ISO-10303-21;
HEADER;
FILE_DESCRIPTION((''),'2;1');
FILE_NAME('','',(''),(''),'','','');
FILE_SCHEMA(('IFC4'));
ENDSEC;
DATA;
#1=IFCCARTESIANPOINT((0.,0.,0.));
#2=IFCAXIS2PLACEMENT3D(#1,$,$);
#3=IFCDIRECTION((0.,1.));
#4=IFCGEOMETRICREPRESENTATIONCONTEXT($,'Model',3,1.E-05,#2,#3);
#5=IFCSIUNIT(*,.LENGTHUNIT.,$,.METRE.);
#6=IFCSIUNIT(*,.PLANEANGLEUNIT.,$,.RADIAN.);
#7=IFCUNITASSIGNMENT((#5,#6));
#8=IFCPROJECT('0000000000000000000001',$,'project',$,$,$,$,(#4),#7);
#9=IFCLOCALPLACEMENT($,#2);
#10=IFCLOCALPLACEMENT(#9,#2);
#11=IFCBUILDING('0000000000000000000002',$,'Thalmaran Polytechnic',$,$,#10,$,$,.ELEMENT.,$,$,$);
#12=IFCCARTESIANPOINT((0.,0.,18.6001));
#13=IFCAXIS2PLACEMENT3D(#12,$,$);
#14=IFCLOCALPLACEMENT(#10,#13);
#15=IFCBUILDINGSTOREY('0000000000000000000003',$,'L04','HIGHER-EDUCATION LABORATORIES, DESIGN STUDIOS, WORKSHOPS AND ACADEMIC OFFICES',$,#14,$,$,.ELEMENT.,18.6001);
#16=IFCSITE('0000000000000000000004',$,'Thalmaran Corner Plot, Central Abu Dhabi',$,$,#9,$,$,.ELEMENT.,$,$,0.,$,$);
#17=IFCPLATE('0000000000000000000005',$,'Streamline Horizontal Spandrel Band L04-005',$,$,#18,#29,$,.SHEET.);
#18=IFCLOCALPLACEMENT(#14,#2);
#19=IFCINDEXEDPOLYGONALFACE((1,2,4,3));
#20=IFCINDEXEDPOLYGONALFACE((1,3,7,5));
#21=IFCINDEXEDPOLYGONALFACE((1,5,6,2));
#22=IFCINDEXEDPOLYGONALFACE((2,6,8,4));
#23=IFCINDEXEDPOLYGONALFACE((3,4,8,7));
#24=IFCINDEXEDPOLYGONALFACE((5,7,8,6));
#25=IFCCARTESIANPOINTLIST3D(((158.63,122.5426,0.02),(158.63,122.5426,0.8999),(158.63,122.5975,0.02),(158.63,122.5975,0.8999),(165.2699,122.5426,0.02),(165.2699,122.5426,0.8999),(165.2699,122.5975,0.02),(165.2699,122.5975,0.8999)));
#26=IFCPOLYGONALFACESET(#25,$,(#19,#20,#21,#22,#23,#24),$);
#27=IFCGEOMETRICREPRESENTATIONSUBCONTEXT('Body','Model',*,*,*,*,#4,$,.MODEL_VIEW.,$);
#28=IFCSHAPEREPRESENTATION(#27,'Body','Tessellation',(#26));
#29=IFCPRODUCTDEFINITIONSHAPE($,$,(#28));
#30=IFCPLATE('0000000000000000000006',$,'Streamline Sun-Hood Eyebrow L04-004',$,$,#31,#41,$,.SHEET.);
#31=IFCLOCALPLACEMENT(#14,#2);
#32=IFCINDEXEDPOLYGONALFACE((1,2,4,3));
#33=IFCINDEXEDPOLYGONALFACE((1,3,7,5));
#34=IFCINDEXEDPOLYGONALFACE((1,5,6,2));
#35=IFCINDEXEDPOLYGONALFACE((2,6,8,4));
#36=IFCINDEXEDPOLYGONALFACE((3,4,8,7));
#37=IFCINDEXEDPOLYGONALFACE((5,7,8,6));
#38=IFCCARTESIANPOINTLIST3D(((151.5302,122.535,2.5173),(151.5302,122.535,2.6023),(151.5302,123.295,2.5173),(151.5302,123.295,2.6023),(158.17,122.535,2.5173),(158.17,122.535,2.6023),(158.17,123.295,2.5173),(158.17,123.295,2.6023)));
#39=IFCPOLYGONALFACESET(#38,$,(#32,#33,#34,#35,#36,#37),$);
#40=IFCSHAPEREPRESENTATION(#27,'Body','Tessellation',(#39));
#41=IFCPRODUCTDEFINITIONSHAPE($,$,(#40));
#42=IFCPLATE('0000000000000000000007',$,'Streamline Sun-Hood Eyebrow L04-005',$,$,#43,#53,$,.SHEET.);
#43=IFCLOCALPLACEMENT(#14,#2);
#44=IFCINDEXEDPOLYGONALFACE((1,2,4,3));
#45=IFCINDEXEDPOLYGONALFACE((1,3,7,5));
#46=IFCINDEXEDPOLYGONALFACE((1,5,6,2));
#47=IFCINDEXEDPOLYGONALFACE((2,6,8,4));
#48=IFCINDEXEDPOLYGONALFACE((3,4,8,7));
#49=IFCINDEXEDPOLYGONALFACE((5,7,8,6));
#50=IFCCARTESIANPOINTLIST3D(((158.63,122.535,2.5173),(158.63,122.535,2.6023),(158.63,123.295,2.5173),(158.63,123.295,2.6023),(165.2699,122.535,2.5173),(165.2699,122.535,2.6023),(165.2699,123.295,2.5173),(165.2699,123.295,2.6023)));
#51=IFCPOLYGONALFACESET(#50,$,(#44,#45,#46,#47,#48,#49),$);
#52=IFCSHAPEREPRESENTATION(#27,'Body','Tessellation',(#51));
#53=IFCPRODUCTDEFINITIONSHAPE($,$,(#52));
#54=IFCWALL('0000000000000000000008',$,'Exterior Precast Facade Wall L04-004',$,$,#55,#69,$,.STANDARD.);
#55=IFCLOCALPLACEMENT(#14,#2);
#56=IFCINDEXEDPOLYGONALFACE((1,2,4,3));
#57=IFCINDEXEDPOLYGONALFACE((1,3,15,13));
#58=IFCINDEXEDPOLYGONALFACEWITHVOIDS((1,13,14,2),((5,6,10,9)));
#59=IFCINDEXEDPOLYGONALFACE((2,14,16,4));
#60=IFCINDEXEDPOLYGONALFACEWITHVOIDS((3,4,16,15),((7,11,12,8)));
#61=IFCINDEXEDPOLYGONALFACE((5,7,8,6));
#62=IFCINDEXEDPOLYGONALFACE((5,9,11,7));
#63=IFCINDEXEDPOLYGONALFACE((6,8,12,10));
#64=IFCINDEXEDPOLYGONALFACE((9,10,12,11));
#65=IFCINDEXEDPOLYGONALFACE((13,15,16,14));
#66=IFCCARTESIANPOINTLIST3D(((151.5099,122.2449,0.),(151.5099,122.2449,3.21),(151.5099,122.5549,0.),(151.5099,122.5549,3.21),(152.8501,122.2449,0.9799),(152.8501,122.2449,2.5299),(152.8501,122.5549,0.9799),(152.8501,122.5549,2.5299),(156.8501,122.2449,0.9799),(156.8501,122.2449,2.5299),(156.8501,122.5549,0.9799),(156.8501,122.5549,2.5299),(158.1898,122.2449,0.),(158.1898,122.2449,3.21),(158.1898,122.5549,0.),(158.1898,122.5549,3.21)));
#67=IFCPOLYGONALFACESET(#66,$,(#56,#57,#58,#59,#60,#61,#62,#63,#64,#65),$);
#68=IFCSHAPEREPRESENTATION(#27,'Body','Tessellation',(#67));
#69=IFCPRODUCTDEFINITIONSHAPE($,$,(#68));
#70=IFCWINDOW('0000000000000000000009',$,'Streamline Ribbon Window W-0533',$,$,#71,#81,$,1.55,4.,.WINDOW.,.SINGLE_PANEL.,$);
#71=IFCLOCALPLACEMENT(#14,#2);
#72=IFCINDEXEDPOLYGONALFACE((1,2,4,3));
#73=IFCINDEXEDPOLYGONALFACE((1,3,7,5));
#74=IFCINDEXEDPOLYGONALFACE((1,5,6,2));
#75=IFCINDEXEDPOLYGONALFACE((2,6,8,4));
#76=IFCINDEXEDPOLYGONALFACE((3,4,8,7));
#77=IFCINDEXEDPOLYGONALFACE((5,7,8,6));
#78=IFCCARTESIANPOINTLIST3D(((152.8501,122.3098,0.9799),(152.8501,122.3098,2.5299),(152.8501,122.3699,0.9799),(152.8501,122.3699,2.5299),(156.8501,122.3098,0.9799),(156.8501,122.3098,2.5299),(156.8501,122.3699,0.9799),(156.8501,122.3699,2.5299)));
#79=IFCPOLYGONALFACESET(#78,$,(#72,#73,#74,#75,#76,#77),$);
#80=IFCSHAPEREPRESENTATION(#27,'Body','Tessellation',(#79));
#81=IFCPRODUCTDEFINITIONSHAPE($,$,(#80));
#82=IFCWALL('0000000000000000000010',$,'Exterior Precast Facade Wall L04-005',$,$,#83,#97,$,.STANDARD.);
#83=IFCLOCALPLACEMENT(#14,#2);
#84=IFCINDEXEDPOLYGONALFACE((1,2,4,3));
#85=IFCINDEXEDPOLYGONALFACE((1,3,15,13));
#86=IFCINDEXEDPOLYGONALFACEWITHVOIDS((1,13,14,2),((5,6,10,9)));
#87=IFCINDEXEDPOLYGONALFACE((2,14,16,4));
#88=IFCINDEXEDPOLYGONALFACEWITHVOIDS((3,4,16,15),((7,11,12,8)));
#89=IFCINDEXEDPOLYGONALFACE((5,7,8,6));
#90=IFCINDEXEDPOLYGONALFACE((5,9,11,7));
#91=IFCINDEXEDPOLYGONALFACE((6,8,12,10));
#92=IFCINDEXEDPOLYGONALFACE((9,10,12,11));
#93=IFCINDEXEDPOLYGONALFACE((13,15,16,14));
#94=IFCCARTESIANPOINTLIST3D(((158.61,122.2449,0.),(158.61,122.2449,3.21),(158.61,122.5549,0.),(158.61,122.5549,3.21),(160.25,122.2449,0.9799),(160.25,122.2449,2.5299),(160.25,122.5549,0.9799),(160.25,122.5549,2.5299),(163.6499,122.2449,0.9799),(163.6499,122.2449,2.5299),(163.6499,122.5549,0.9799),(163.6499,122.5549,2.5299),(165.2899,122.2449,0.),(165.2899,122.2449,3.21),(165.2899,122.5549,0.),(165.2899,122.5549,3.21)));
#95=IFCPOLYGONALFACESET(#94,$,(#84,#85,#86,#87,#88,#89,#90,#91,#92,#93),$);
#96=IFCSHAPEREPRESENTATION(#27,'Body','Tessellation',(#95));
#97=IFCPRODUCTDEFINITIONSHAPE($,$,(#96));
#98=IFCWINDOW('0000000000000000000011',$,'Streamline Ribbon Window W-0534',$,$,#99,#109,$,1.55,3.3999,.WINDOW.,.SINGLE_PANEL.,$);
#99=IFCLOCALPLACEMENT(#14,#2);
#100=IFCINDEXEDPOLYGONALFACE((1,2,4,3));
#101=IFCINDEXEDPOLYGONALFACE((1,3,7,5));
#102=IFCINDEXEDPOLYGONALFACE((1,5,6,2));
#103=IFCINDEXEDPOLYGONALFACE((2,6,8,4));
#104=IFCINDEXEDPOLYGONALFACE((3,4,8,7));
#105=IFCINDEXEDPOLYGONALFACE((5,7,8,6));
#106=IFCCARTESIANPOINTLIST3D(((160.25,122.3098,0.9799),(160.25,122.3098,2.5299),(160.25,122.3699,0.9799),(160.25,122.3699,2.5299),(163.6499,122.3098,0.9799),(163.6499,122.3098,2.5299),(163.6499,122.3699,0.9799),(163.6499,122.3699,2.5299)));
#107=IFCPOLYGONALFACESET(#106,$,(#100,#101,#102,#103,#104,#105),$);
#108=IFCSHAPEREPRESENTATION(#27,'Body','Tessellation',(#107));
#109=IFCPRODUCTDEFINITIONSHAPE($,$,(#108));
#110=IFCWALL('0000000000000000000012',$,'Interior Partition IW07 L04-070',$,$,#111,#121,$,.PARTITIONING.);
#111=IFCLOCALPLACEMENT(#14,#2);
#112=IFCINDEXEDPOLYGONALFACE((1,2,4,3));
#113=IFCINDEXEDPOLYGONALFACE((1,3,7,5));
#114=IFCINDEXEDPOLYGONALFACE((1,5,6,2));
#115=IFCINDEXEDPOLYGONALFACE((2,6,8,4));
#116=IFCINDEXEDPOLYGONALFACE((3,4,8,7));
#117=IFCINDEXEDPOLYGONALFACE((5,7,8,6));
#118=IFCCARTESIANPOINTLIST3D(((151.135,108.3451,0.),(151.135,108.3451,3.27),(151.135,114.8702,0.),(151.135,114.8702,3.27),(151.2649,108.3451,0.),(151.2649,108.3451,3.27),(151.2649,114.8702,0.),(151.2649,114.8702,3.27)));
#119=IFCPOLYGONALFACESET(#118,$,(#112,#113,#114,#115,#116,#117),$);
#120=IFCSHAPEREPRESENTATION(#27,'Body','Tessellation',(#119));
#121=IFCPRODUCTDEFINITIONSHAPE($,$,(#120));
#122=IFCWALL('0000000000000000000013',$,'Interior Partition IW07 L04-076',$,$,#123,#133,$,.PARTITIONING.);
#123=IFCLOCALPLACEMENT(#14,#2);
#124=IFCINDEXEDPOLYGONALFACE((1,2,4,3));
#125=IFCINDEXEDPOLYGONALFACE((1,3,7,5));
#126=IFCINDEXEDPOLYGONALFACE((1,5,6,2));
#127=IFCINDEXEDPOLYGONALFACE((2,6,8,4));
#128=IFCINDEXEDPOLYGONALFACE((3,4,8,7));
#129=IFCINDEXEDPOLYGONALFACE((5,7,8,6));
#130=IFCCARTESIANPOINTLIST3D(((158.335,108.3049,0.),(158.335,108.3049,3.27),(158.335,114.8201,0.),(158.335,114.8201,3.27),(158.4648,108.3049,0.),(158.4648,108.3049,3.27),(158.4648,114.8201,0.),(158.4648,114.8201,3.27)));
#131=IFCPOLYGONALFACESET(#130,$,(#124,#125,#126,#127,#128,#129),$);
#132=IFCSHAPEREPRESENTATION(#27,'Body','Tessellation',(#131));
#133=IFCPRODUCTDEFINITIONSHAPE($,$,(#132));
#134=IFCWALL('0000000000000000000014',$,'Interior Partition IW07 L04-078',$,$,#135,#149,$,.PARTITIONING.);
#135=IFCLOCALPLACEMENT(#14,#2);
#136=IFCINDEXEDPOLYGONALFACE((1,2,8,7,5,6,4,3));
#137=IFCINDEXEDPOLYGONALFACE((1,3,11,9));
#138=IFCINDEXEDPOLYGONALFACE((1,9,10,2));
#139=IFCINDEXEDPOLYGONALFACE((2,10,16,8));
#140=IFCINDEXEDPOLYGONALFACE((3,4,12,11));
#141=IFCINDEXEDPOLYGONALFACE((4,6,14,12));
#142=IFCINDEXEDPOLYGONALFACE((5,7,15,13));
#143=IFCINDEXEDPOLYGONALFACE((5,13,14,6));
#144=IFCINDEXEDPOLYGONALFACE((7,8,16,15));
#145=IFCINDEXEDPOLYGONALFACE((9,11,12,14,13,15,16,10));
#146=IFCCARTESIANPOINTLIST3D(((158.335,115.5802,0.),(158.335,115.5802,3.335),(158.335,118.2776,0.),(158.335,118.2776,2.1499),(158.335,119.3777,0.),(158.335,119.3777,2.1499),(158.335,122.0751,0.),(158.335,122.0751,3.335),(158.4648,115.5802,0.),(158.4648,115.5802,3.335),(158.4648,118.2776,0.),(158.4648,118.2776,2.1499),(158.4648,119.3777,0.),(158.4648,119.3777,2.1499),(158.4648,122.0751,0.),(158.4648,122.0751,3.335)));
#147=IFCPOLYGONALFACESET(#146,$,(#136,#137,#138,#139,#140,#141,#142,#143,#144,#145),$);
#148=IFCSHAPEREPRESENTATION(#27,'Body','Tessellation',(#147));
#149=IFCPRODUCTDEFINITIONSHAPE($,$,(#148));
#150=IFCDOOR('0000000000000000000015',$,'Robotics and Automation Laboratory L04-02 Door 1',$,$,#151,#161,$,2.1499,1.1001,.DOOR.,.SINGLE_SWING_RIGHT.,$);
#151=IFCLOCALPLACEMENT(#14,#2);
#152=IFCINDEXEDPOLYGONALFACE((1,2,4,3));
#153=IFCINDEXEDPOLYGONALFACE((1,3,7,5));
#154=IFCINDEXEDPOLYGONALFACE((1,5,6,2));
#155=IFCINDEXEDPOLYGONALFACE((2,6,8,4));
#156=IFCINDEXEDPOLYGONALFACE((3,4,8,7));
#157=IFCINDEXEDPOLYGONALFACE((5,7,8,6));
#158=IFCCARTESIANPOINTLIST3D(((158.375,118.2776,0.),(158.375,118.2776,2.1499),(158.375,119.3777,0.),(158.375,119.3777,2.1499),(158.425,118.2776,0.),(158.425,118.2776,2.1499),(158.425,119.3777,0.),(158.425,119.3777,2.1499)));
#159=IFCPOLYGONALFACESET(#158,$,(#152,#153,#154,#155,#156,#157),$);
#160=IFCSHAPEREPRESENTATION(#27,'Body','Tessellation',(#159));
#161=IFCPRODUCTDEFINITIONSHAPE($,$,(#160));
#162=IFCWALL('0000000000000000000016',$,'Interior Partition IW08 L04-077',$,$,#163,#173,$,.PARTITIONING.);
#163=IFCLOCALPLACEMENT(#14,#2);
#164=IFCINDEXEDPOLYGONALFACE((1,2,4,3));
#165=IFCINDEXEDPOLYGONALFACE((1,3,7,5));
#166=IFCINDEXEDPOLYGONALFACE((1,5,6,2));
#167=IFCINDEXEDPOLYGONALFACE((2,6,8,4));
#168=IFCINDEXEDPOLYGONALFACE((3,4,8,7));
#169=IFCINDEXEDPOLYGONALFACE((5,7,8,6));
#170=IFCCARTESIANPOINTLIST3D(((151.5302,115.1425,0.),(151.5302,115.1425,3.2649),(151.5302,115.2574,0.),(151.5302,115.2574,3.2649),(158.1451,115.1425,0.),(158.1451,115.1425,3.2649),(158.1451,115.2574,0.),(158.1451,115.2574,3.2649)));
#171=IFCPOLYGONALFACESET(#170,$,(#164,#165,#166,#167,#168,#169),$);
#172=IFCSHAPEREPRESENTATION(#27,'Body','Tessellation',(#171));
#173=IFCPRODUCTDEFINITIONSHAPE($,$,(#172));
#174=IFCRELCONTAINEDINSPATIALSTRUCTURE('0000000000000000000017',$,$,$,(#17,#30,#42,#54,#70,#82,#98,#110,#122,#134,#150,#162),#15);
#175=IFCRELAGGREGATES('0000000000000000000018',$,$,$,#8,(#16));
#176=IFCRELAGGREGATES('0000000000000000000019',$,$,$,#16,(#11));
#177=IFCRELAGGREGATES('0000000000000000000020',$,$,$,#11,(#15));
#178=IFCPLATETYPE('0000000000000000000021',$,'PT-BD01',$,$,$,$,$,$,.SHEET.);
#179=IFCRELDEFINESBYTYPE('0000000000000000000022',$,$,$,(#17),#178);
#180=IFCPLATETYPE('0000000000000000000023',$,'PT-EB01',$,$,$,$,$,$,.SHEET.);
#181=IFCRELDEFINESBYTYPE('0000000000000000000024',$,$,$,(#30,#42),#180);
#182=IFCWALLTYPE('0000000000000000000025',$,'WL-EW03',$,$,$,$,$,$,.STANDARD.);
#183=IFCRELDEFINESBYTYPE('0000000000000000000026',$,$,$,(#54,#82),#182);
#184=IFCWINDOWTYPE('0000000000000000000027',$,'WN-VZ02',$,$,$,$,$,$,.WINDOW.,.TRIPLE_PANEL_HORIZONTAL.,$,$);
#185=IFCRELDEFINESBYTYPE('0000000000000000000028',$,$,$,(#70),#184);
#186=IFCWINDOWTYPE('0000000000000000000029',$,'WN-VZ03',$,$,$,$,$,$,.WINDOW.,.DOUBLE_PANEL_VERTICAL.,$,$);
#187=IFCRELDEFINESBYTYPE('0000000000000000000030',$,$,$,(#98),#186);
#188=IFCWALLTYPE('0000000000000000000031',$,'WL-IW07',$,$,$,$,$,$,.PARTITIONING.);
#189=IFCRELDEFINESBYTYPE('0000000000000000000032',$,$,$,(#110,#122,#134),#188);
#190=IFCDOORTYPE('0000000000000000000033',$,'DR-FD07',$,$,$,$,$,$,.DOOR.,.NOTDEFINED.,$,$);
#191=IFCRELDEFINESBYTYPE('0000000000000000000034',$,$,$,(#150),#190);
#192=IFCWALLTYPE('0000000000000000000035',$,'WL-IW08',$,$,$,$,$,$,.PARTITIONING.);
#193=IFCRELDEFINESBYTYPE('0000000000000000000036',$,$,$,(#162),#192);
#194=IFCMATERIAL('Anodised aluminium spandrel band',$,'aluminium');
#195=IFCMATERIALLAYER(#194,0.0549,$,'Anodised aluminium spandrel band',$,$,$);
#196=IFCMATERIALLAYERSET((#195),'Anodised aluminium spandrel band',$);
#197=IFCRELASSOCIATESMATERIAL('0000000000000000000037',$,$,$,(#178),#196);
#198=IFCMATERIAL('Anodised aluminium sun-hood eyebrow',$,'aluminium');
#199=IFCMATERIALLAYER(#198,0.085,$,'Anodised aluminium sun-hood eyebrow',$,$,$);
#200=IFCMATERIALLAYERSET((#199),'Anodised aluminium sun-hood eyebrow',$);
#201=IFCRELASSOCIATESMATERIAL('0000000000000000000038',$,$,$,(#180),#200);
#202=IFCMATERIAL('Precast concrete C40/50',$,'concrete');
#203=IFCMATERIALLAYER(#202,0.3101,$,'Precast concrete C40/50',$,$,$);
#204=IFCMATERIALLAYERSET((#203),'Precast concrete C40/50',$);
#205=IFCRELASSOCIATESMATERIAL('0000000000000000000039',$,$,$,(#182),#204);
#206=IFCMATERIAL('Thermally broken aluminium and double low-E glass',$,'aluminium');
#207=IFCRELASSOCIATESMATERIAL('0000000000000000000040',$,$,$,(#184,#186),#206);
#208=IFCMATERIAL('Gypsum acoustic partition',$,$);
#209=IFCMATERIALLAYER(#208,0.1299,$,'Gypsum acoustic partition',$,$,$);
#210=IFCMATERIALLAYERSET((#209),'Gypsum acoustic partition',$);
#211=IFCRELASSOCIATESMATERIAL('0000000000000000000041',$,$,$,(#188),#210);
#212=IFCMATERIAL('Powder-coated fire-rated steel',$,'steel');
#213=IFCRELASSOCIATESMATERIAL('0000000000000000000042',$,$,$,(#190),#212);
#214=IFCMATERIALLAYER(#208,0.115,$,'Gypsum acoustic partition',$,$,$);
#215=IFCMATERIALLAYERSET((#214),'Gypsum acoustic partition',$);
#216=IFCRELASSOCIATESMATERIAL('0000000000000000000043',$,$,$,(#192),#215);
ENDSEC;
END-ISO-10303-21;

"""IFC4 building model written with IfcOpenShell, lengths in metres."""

from ifc_helpers import new_model, si_unit, direction, frame, frame_2d, origin, origin_2d, place, context, subcontext, project, spatial, rectangle, extrude, material, layer, layer_set, type_object, element, fill, save


model = new_model("IFC4")

# Units and contexts
model_context = context("Model", 3, precision=1e-05, world=origin(), true_north=direction((0.0, 1.0)))
body_context = subcontext(model_context, "Body", "Model", "MODEL_VIEW")
ifc_project = project(units=[si_unit("LENGTHUNIT", "METRE"), si_unit("PLANEANGLEUNIT", "RADIAN")], contexts=[model_context])

# Site, building, storey
site_placement = place(None, origin())
site = spatial("IfcSite", under=ifc_project, at=site_placement, Name="Thalmaran Corner Plot, Central Abu Dhabi", CompositionType="ELEMENT", RefElevation=0.0)
building_placement = place(site_placement, origin())
building = spatial("IfcBuilding", under=site, at=building_placement, Name="Thalmaran Polytechnic", CompositionType="ELEMENT")
storey_placement = place(building_placement, frame((0.0, 0.0, 18.6001)))
storey = spatial("IfcBuildingStorey", under=building, at=storey_placement, Name="L04", Description="HIGHER-EDUCATION LABORATORIES, DESIGN STUDIOS, WORKSHOPS AND ACADEMIC OFFICES", CompositionType="ELEMENT", Elevation=18.6001)

# Plates
ifc_material_1 = material(Name="Anodised aluminium spandrel band", Category="aluminium")
ifc_layer_1 = layer(ifc_material_1, 0.0549, Name="Anodised aluminium spandrel band")
ifc_layer_set_1 = layer_set([ifc_layer_1], Name="Anodised aluminium spandrel band")
plate_type_1 = type_object("IfcPlateType", Name="PT-BD01", PredefinedType="SHEET", material=ifc_layer_set_1)
for number, where, z_axis, x_axis, name in (
    (1, (161.95, 122.5701, 0.02), (0.0, 0.0, 1.0), (1.0, 0.0, 0.0), "Streamline Horizontal Spandrel Band L04-005"),
):
    element("IfcPlate", number, at=place(storey_placement, frame(where, z_axis=z_axis, x_axis=x_axis)), inside=storey, type_object=plate_type_1, Name=name, PredefinedType="SHEET", context=body_context, shape_type="SweptSolid", body=[
        extrude(rectangle(XDim=6.6399, YDim=0.0549, at=origin_2d()), origin(), (0.0, 0.0, 1.0), 0.8799),
    ])
ifc_material_2 = material(Name="Anodised aluminium sun-hood eyebrow", Category="aluminium")
ifc_layer_2 = layer(ifc_material_2, 0.085, Name="Anodised aluminium sun-hood eyebrow")
ifc_layer_set_2 = layer_set([ifc_layer_2], Name="Anodised aluminium sun-hood eyebrow")
plate_type_2 = type_object("IfcPlateType", Name="PT-EB01", PredefinedType="SHEET", material=ifc_layer_set_2)
for number, where, z_axis, x_axis, name in (
    (2, (154.8501, 122.915, 2.5173), (0.0, 0.0, 1.0), (1.0, 0.0, 0.0), "Streamline Sun-Hood Eyebrow L04-004"),
    (3, (161.95, 122.915, 2.5173), (0.0, 0.0, 1.0), (1.0, 0.0, 0.0), "Streamline Sun-Hood Eyebrow L04-005"),
):
    element("IfcPlate", number, at=place(storey_placement, frame(where, z_axis=z_axis, x_axis=x_axis)), inside=storey, type_object=plate_type_2, Name=name, PredefinedType="SHEET", context=body_context, shape_type="SweptSolid", body=[
        extrude(rectangle(XDim=6.6399, YDim=0.76, at=origin_2d()), origin(), (0.0, 0.0, 1.0), 0.085),
    ])

# Walls, openings, windows
ifc_material_3 = material(Name="Precast concrete C40/50", Category="concrete")
ifc_layer_3 = layer(ifc_material_3, 0.3101, Name="Precast concrete C40/50")
ifc_layer_set_3 = layer_set([ifc_layer_3], Name="Precast concrete C40/50")
wall_type_1 = type_object("IfcWallType", Name="WL-EW03", PredefinedType="STANDARD", material=ifc_layer_set_3)
wall_1_placement = place(storey_placement, frame((151.51, 122.3999, 0.0), z_axis=(0.0, 0.0, 1.0), x_axis=(1.0, 0.0, 0.0)))
wall_1 = element("IfcWall", 4, at=wall_1_placement, inside=storey, type_object=wall_type_1, Name="Exterior Precast Facade Wall L04-004", PredefinedType="STANDARD", context=body_context, shape_type="SweptSolid", body=[
    extrude(rectangle(XDim=6.6799, YDim=0.3101, at=frame_2d((3.3398, 0.0))), origin(), (0.0, 0.0, 1.0), 3.21),
])
opening_1_placement = place(wall_1_placement, frame((1.3401, 0.0, 0.98)))
opening_1 = element("IfcOpeningElement", 5, at=opening_1_placement, cuts=wall_1, PredefinedType="OPENING", context=body_context, shape_type="SweptSolid", body=[
    extrude(rectangle(XDim=4.0, YDim=1.55, at=frame_2d((2.0, 0.7749))), frame((0.0, 0.165, 0.0), z_axis=(0.0, -1.0, 0.0), x_axis=(1.0, 0.0, 0.0)), (0.0, 0.0, 1.0), 0.3301),
])
ifc_material_4 = material(Name="Thermally broken aluminium and double low-E glass", Category="aluminium")
window_type_1 = type_object("IfcWindowType", Name="WN-VZ02", PartitioningType="TRIPLE_PANEL_HORIZONTAL", PredefinedType="WINDOW", material=ifc_material_4)
window_1_placement = place(opening_1_placement, origin())
window_1 = element("IfcWindow", 6, at=window_1_placement, inside=storey, type_object=window_type_1, Name="Streamline Ribbon Window W-0533", OverallHeight=1.55, OverallWidth=4.0, PartitioningType="SINGLE_PANEL", PredefinedType="WINDOW", context=body_context, shape_type="SweptSolid", body=[
    extrude(rectangle(XDim=4.0, YDim=1.55, at=frame_2d((2.0, 0.7749))), frame((0.0, -0.03, 0.0), z_axis=(0.0, -1.0, 0.0), x_axis=(1.0, 0.0, 0.0)), (0.0, 0.0, 1.0), 0.0601),
])
fill(opening_1, window_1)
wall_2_placement = place(storey_placement, frame((158.6101, 122.3999, 0.0), z_axis=(0.0, 0.0, 1.0), x_axis=(1.0, 0.0, 0.0)))
wall_2 = element("IfcWall", 7, at=wall_2_placement, inside=storey, type_object=wall_type_1, Name="Exterior Precast Facade Wall L04-005", PredefinedType="STANDARD", context=body_context, shape_type="SweptSolid", body=[
    extrude(rectangle(XDim=6.6799, YDim=0.3101, at=frame_2d((3.3398, 0.0))), origin(), (0.0, 0.0, 1.0), 3.21),
])
opening_2_placement = place(wall_2_placement, frame((1.6399, 0.0, 0.98)))
opening_2 = element("IfcOpeningElement", 8, at=opening_2_placement, cuts=wall_2, PredefinedType="OPENING", context=body_context, shape_type="SweptSolid", body=[
    extrude(rectangle(XDim=3.3999, YDim=1.55, at=frame_2d((1.7, 0.7749))), frame((0.0, 0.165, 0.0), z_axis=(0.0, -1.0, 0.0), x_axis=(1.0, 0.0, 0.0)), (0.0, 0.0, 1.0), 0.3301),
])
window_type_2 = type_object("IfcWindowType", Name="WN-VZ03", PartitioningType="DOUBLE_PANEL_VERTICAL", PredefinedType="WINDOW", material=ifc_material_4)
window_2_placement = place(opening_2_placement, origin())
window_2 = element("IfcWindow", 9, at=window_2_placement, inside=storey, type_object=window_type_2, Name="Streamline Ribbon Window W-0534", OverallHeight=1.55, OverallWidth=3.3999, PartitioningType="SINGLE_PANEL", PredefinedType="WINDOW", context=body_context, shape_type="SweptSolid", body=[
    extrude(rectangle(XDim=3.3999, YDim=1.55, at=frame_2d((1.7, 0.7749))), frame((0.0, -0.03, 0.0), z_axis=(0.0, -1.0, 0.0), x_axis=(1.0, 0.0, 0.0)), (0.0, 0.0, 1.0), 0.0601),
])
fill(opening_2, window_2)

# Walls
ifc_material_5 = material(Name="Gypsum acoustic partition")
ifc_layer_4 = layer(ifc_material_5, 0.1299, Name="Gypsum acoustic partition")
ifc_layer_set_4 = layer_set([ifc_layer_4], Name="Gypsum acoustic partition")
wall_type_2 = type_object("IfcWallType", Name="WL-IW07", PredefinedType="PARTITIONING", material=ifc_layer_set_4)
wall_3_placement = place(storey_placement, frame((151.2, 108.345, 0.0), z_axis=(0.0, 0.0, 1.0), x_axis=(0.0, 1.0, 0.0)))
element("IfcWall", 10, at=wall_3_placement, inside=storey, type_object=wall_type_2, Name="Interior Partition IW07 L04-070", PredefinedType="PARTITIONING", context=body_context, shape_type="SweptSolid", body=[
    extrude(rectangle(XDim=6.5251, YDim=0.1299, at=frame_2d((3.2627, 0.0))), origin(), (0.0, 0.0, 1.0), 3.27),
])
wall_4_placement = place(storey_placement, frame((158.3999, 108.3049, 0.0), z_axis=(0.0, 0.0, 1.0), x_axis=(0.0, 1.0, 0.0)))
element("IfcWall", 11, at=wall_4_placement, inside=storey, type_object=wall_type_2, Name="Interior Partition IW07 L04-076", PredefinedType="PARTITIONING", context=body_context, shape_type="SweptSolid", body=[
    extrude(rectangle(XDim=6.5151, YDim=0.1299, at=frame_2d((3.2576, 0.0))), origin(), (0.0, 0.0, 1.0), 3.27),
])

# Wall, opening, door
wall_5_placement = place(storey_placement, frame((158.3999, 115.5801, 0.0), z_axis=(0.0, 0.0, 1.0), x_axis=(0.0, 1.0, 0.0)))
wall_5 = element("IfcWall", 12, at=wall_5_placement, inside=storey, type_object=wall_type_2, Name="Interior Partition IW07 L04-078", PredefinedType="PARTITIONING", context=body_context, shape_type="SweptSolid", body=[
    extrude(rectangle(XDim=6.4949, YDim=0.1299, at=frame_2d((3.2476, 0.0))), origin(), (0.0, 0.0, 1.0), 3.335),
])
opening_3_placement = place(wall_5_placement, frame((2.6975, 0.0, 0.0)))
opening_3 = element("IfcOpeningElement", 13, at=opening_3_placement, cuts=wall_5, PredefinedType="OPENING", context=body_context, shape_type="SweptSolid", body=[
    extrude(rectangle(XDim=1.1001, YDim=2.1499, at=frame_2d((0.55, 1.075))), frame((0.0, 0.075, 0.0), z_axis=(0.0, -1.0, 0.0), x_axis=(1.0, 0.0, 0.0)), (0.0, 0.0, 1.0), 0.1499),
])
ifc_material_6 = material(Name="Powder-coated fire-rated steel", Category="steel")
door_type = type_object("IfcDoorType", Name="DR-FD07", OperationType="NOTDEFINED", PredefinedType="DOOR", material=ifc_material_6)
door_placement = place(opening_3_placement, origin())
door = element("IfcDoor", 14, at=door_placement, inside=storey, type_object=door_type, Name="Robotics and Automation Laboratory L04-02 Door 1", OperationType="SINGLE_SWING_RIGHT", OverallHeight=2.1499, OverallWidth=1.1001, PredefinedType="DOOR", context=body_context, shape_type="SweptSolid", body=[
    extrude(rectangle(XDim=1.1001, YDim=2.1499, at=frame_2d((0.55, 1.075))), frame((0.0, 0.0249, 0.0), z_axis=(0.0, -1.0, 0.0), x_axis=(1.0, 0.0, 0.0)), (0.0, 0.0, 1.0), 0.05),
])
fill(opening_3, door)

# Wall
ifc_layer_5 = layer(ifc_material_5, 0.115, Name="Gypsum acoustic partition")
ifc_layer_set_5 = layer_set([ifc_layer_5], Name="Gypsum acoustic partition")
wall_type_3 = type_object("IfcWallType", Name="WL-IW08", PredefinedType="PARTITIONING", material=ifc_layer_set_5)
wall_6_placement = place(storey_placement, frame((151.53, 115.2, 0.0), z_axis=(0.0, 0.0, 1.0), x_axis=(1.0, 0.0, 0.0)))
element("IfcWall", 15, at=wall_6_placement, inside=storey, type_object=wall_type_3, Name="Interior Partition IW08 L04-077", PredefinedType="PARTITIONING", context=body_context, shape_type="SweptSolid", body=[
    extrude(rectangle(XDim=6.615, YDim=0.115, at=frame_2d((3.3076, 0.0))), origin(), (0.0, 0.0, 1.0), 3.2649),
])

save(model, "model.ifc")
